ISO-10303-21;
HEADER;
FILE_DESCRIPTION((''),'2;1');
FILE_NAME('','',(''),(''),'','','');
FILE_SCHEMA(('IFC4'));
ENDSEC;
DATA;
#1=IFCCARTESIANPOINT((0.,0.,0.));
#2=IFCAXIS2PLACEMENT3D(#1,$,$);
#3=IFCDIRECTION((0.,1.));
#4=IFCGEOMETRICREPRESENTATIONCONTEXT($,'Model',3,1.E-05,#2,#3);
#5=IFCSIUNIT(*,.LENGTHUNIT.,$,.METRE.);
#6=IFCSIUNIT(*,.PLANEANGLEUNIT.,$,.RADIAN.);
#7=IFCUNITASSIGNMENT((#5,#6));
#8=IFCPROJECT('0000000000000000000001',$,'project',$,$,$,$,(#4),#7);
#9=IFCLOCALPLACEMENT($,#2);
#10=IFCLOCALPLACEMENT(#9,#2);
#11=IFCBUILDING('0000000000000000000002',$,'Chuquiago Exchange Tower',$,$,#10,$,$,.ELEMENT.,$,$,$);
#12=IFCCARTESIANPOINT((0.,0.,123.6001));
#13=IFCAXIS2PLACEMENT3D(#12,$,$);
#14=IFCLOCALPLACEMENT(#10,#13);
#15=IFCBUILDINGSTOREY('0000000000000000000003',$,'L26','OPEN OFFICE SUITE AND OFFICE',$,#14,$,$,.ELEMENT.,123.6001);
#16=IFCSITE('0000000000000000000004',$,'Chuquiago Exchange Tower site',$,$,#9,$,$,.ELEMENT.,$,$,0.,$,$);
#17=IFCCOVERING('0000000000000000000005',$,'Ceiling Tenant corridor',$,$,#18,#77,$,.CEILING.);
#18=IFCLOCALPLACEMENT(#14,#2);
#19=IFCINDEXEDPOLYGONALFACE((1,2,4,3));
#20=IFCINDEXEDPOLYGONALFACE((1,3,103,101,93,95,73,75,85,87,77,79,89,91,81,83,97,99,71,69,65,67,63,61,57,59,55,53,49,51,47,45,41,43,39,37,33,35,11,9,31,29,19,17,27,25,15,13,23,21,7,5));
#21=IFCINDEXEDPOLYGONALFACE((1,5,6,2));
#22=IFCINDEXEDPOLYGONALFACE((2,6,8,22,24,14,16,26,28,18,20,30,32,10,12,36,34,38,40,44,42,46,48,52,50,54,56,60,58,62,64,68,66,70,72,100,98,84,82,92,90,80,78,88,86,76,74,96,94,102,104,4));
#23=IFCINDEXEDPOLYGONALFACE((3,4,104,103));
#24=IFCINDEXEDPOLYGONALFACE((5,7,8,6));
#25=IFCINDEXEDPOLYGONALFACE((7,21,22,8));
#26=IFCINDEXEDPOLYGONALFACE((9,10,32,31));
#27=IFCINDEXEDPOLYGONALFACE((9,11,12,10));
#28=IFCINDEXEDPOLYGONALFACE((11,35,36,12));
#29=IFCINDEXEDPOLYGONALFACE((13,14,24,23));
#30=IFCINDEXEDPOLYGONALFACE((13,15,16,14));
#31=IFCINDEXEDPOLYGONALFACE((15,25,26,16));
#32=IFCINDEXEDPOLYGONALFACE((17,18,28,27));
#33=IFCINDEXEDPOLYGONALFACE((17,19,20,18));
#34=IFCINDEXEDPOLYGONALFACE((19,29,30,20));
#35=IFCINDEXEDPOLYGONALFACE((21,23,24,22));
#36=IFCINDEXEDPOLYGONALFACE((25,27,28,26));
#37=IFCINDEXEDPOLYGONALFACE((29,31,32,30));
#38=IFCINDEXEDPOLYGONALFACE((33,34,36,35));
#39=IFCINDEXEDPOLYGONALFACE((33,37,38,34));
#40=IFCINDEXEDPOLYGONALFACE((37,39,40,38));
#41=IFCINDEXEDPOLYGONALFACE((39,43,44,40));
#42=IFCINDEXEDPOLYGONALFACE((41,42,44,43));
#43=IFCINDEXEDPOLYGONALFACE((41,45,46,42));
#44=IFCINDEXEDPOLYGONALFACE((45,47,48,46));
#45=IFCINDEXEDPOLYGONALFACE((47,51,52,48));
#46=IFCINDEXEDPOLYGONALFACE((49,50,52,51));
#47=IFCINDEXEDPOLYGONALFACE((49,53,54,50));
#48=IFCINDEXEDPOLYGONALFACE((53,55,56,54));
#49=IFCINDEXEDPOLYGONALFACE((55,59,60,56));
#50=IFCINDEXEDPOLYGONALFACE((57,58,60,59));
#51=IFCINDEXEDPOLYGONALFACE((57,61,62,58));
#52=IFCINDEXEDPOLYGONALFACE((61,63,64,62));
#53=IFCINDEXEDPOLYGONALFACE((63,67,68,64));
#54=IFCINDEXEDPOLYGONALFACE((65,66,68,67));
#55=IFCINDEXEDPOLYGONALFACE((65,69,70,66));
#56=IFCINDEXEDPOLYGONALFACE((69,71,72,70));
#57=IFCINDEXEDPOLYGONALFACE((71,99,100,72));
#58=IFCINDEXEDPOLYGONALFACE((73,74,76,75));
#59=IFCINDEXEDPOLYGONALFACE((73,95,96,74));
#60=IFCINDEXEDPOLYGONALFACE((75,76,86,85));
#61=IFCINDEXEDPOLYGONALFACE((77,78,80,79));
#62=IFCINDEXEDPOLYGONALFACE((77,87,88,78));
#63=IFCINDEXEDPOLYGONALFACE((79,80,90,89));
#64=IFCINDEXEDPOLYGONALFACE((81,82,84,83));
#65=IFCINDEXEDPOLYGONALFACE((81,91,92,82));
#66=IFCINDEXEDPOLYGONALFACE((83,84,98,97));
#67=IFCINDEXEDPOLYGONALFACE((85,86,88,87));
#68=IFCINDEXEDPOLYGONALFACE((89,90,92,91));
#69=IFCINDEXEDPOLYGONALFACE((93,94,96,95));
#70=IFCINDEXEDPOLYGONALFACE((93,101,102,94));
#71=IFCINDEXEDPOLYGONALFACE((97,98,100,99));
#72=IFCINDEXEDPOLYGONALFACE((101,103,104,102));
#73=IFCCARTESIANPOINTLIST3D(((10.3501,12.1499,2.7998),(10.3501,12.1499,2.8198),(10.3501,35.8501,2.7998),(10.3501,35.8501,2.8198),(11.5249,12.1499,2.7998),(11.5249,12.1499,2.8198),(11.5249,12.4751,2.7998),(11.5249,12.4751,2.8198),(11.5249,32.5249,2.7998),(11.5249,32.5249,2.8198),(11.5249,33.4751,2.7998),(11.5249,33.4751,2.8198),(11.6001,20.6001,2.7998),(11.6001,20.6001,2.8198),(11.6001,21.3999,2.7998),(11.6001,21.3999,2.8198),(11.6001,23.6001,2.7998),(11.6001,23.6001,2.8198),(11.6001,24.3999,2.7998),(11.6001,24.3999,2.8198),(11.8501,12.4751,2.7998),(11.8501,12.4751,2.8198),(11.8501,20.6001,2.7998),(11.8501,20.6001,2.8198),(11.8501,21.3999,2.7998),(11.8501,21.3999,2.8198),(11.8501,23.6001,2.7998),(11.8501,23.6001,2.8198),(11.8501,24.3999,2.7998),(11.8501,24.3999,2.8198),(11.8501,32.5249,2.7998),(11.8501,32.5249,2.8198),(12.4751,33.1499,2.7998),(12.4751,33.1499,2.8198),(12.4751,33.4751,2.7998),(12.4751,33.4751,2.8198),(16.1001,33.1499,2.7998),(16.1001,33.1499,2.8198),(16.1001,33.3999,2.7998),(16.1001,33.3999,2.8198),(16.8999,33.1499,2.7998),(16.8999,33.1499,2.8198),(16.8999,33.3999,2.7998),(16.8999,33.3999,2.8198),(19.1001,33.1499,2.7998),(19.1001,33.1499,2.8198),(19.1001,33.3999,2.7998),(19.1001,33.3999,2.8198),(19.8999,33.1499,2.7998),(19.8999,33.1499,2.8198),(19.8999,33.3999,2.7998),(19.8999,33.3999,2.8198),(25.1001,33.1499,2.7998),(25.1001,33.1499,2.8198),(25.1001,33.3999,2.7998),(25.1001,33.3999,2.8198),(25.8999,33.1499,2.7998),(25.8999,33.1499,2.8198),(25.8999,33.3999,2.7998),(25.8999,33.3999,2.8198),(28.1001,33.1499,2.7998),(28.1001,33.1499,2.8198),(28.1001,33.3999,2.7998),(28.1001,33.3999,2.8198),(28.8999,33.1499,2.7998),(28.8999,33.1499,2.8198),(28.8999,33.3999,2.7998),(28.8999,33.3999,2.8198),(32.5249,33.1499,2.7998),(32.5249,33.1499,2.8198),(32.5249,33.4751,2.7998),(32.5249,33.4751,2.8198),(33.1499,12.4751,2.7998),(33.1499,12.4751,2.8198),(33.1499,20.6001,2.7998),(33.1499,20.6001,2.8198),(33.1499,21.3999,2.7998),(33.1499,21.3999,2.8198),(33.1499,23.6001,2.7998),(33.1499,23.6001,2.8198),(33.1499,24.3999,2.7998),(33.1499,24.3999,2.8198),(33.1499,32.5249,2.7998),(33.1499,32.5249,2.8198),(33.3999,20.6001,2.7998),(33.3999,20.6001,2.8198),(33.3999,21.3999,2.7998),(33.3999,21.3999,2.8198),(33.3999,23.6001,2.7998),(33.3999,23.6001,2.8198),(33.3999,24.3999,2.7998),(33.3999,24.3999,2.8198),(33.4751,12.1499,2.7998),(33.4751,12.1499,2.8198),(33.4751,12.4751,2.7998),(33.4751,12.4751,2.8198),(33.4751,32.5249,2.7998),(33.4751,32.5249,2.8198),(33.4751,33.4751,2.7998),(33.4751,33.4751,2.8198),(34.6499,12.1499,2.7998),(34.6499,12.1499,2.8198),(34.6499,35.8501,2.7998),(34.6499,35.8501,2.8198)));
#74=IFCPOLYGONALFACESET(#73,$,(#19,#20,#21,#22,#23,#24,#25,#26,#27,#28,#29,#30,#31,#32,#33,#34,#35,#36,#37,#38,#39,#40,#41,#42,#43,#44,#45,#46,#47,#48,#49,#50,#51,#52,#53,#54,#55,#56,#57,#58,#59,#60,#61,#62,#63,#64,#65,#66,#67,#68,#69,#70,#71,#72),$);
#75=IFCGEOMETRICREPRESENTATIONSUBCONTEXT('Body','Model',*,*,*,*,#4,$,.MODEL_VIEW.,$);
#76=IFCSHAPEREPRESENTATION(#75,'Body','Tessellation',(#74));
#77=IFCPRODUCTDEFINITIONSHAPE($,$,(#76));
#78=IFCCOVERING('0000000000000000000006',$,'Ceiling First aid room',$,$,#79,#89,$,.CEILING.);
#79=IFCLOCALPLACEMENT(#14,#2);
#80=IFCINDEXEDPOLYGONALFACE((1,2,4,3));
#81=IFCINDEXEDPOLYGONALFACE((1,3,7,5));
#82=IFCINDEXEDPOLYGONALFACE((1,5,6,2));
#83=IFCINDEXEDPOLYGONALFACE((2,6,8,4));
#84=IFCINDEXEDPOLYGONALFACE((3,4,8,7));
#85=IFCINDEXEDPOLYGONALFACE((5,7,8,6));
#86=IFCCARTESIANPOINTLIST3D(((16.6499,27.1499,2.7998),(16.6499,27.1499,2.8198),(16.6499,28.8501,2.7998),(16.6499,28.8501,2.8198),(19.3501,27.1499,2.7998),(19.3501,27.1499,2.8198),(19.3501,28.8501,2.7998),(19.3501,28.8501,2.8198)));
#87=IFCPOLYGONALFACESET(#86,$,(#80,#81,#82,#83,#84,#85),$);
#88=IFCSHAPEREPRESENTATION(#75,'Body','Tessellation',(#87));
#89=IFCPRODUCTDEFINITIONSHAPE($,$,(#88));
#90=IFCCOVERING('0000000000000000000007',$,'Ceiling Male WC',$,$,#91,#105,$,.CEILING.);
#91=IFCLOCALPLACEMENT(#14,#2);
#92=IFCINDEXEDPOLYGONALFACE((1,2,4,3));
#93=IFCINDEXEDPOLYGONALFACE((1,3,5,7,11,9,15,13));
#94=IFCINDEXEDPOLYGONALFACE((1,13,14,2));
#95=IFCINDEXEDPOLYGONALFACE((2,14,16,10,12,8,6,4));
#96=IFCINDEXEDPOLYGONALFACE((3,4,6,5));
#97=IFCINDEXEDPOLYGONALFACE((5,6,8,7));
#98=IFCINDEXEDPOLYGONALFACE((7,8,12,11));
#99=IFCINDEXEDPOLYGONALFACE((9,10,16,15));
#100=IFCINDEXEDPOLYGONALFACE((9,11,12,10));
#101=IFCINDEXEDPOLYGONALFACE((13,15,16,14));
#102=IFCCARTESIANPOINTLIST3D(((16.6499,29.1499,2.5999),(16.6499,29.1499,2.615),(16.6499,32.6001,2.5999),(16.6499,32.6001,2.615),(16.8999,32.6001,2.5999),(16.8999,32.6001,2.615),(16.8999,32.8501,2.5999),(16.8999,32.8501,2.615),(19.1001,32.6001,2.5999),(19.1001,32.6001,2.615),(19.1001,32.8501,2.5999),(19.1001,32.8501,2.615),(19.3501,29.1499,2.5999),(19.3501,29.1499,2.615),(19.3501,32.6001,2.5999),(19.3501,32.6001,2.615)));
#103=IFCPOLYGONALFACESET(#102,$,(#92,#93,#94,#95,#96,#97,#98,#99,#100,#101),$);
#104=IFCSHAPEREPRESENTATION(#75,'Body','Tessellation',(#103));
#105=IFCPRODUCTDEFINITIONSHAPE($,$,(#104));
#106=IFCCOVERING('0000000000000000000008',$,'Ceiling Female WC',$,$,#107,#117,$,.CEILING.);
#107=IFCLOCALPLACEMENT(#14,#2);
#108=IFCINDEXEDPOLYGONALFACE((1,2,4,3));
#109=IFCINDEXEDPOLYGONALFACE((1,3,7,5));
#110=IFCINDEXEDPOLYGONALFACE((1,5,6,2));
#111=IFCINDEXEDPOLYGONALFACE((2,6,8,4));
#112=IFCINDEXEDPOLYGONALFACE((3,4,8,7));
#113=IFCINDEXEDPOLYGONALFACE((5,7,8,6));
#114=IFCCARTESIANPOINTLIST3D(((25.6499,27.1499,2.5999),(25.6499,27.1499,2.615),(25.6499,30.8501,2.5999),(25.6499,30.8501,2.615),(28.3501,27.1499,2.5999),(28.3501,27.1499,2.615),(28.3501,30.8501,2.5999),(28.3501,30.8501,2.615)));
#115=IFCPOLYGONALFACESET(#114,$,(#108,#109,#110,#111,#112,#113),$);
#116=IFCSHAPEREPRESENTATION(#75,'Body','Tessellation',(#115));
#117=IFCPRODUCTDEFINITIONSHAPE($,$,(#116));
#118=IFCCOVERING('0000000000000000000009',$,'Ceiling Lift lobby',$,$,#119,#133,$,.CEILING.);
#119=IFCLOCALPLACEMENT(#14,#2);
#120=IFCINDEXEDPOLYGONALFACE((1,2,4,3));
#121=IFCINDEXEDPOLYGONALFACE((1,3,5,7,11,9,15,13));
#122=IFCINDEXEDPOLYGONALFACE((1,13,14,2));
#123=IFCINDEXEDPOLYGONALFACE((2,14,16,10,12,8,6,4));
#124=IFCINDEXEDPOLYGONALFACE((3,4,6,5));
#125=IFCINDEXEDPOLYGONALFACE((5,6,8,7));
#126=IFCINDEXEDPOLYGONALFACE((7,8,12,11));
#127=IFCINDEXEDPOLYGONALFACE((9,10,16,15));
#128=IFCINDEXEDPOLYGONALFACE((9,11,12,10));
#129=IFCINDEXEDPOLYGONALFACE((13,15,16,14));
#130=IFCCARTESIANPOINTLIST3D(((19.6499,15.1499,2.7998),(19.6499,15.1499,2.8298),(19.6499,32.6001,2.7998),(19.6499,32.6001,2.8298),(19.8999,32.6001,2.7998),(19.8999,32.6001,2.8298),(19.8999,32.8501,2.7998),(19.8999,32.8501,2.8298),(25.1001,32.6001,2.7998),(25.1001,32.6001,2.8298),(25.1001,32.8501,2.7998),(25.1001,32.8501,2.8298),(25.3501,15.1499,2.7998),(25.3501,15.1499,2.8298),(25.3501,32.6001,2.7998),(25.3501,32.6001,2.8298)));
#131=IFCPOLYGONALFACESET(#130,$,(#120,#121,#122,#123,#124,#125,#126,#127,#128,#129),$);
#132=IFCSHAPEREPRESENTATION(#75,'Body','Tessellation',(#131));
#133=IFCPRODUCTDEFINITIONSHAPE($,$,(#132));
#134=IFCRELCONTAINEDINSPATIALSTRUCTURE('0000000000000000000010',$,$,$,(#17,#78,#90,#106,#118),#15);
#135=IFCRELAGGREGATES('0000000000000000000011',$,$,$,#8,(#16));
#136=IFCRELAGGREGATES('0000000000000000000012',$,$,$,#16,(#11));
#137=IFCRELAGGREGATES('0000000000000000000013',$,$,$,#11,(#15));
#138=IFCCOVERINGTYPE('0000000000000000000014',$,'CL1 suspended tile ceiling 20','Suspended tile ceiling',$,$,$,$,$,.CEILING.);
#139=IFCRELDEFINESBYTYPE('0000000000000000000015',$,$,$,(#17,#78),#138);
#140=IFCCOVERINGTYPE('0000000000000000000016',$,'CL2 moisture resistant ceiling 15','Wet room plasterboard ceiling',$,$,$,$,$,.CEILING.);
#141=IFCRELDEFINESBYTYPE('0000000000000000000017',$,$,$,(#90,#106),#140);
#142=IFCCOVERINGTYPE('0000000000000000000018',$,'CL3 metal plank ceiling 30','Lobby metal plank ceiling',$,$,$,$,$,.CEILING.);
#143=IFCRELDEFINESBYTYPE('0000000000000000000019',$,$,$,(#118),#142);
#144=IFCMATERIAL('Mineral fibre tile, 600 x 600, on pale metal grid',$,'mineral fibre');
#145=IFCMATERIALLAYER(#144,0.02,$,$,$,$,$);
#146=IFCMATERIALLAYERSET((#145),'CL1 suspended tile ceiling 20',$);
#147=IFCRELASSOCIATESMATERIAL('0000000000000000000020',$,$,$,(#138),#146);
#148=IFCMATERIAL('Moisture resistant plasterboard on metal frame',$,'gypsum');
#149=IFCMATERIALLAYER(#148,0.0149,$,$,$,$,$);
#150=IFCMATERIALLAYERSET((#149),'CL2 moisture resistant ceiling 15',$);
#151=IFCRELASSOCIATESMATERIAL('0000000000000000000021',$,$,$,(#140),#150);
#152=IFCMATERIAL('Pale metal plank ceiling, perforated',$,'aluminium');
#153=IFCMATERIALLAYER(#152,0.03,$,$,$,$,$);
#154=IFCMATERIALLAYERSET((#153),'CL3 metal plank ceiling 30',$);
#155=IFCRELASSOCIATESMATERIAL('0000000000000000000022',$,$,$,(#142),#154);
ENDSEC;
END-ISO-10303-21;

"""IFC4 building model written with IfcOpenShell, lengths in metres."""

from ifc_helpers import new_model, si_unit, direction, frame, origin, place, context, subcontext, project, spatial, polyline, outline, extrude, material, layer, layer_set, type_object, element, save


model = new_model("IFC4")

# Units and contexts
model_context = context("Model", 3, precision=1e-05, world=origin(), true_north=direction((0.0, 1.0)))
body_context = subcontext(model_context, "Body", "Model", "MODEL_VIEW")
ifc_project = project(units=[si_unit("LENGTHUNIT", "METRE"), si_unit("PLANEANGLEUNIT", "RADIAN")], contexts=[model_context])

# Site, building, storey
site_placement = place(None, origin())
site = spatial("IfcSite", under=ifc_project, at=site_placement, Name="Chuquiago Exchange Tower site", CompositionType="ELEMENT", RefElevation=0.0)
building_placement = place(site_placement, origin())
building = spatial("IfcBuilding", under=site, at=building_placement, Name="Chuquiago Exchange Tower", CompositionType="ELEMENT")
storey_placement = place(building_placement, frame((0.0, 0.0, 123.6001)))
storey = spatial("IfcBuildingStorey", under=building, at=storey_placement, Name="L26", Description="OPEN OFFICE SUITE AND OFFICE", CompositionType="ELEMENT", Elevation=123.6001)

# Coverings
ifc_material_1 = material(Name="Mineral fibre tile, 600 x 600, on pale metal grid", Category="mineral fibre")
ifc_layer_1 = layer(ifc_material_1, 0.02)
ifc_layer_set_1 = layer_set([ifc_layer_1], Name="CL1 suspended tile ceiling 20")
covering_type_1 = type_object("IfcCoveringType", Name="CL1 suspended tile ceiling 20", Description="Suspended tile ceiling", PredefinedType="CEILING", material=ifc_layer_set_1)
covering_1_placement = place(storey_placement, frame((0.0, 0.0, 2.7998)))
element("IfcCovering", 1, at=covering_1_placement, inside=storey, type_object=covering_type_1, Name="Ceiling Tenant corridor", PredefinedType="CEILING", context=body_context, shape_type="SweptSolid", body=[
    extrude(outline(polyline([(11.8501, 24.3999), (11.6001, 24.3999), (11.6001, 23.6001), (11.8501, 23.6001), (11.8501, 21.3999), (11.6001, 21.3999), (11.6001, 20.6001), (11.8501, 20.6001), (11.8501, 12.4751), (11.5249, 12.4751), (11.5249, 12.1499), (10.3501, 12.1499), (10.3501, 35.8501), (34.6499, 35.8501), (34.6499, 12.1499), (33.4751, 12.1499), (33.4751, 12.4751), (33.1499, 12.4751), (33.1499, 20.6001), (33.3999, 20.6001), (33.3999, 21.3999), (33.1499, 21.3999), (33.1499, 23.6001), (33.3999, 23.6001), (33.3999, 24.3999), (33.1499, 24.3999), (33.1499, 32.5249), (33.4751, 32.5249), (33.4751, 33.4751), (32.5249, 33.4751), (32.5249, 33.1499), (28.8999, 33.1499), (28.8999, 33.3999), (28.1001, 33.3999), (28.1001, 33.1499), (25.8999, 33.1499), (25.8999, 33.3999), (25.1001, 33.3999), (25.1001, 33.1499), (19.8999, 33.1499), (19.8999, 33.3999), (19.1001, 33.3999), (19.1001, 33.1499), (16.8999, 33.1499), (16.8999, 33.3999), (16.1001, 33.3999), (16.1001, 33.1499), (12.4751, 33.1499), (12.4751, 33.4751), (11.5249, 33.4751), (11.5249, 32.5249), (11.8501, 32.5249), (11.8501, 24.3999)])), origin(), (0.0, 0.0, 1.0), 0.02),
])
covering_2_placement = place(storey_placement, frame((0.0, 0.0, 2.7998)))
element("IfcCovering", 2, at=covering_2_placement, inside=storey, type_object=covering_type_1, Name="Ceiling First aid room", PredefinedType="CEILING", context=body_context, shape_type="SweptSolid", body=[
    extrude(outline(polyline([(16.6499, 27.1499), (16.6499, 28.8501), (19.3501, 28.8501), (19.3501, 27.1499), (16.6499, 27.1499)])), origin(), (0.0, 0.0, 1.0), 0.02),
])
ifc_material_2 = material(Name="Moisture resistant plasterboard on metal frame", Category="gypsum")
ifc_layer_2 = layer(ifc_material_2, 0.0149)
ifc_layer_set_2 = layer_set([ifc_layer_2], Name="CL2 moisture resistant ceiling 15")
covering_type_2 = type_object("IfcCoveringType", Name="CL2 moisture resistant ceiling 15", Description="Wet room plasterboard ceiling", PredefinedType="CEILING", material=ifc_layer_set_2)
covering_3_placement = place(storey_placement, frame((0.0, 0.0, 2.5999)))
element("IfcCovering", 3, at=covering_3_placement, inside=storey, type_object=covering_type_2, Name="Ceiling Male WC", PredefinedType="CEILING", context=body_context, shape_type="SweptSolid", body=[
    extrude(outline(polyline([(16.6499, 29.1499), (16.6499, 32.6001), (16.8999, 32.6001), (16.8999, 32.8501), (19.1001, 32.8501), (19.1001, 32.6001), (19.3501, 32.6001), (19.3501, 29.1499), (16.6499, 29.1499)])), origin(), (0.0, 0.0, 1.0), 0.0151),
])
covering_4_placement = place(storey_placement, frame((0.0, 0.0, 2.5999)))
element("IfcCovering", 4, at=covering_4_placement, inside=storey, type_object=covering_type_2, Name="Ceiling Female WC", PredefinedType="CEILING", context=body_context, shape_type="SweptSolid", body=[
    extrude(outline(polyline([(25.6499, 27.1499), (25.6499, 30.8501), (28.3501, 30.8501), (28.3501, 27.1499), (25.6499, 27.1499)])), origin(), (0.0, 0.0, 1.0), 0.0151),
])
ifc_material_3 = material(Name="Pale metal plank ceiling, perforated", Category="aluminium")
ifc_layer_3 = layer(ifc_material_3, 0.03)
ifc_layer_set_3 = layer_set([ifc_layer_3], Name="CL3 metal plank ceiling 30")
covering_type_3 = type_object("IfcCoveringType", Name="CL3 metal plank ceiling 30", Description="Lobby metal plank ceiling", PredefinedType="CEILING", material=ifc_layer_set_3)
covering_5_placement = place(storey_placement, frame((0.0, 0.0, 2.7998)))
element("IfcCovering", 5, at=covering_5_placement, inside=storey, type_object=covering_type_3, Name="Ceiling Lift lobby", PredefinedType="CEILING", context=body_context, shape_type="SweptSolid", body=[
    extrude(outline(polyline([(19.6499, 15.1499), (19.6499, 32.6001), (19.8999, 32.6001), (19.8999, 32.8501), (25.1001, 32.8501), (25.1001, 32.6001), (25.3501, 32.6001), (25.3501, 15.1499), (19.6499, 15.1499)])), origin(), (0.0, 0.0, 1.0), 0.03),
])

save(model, "model.ifc")
